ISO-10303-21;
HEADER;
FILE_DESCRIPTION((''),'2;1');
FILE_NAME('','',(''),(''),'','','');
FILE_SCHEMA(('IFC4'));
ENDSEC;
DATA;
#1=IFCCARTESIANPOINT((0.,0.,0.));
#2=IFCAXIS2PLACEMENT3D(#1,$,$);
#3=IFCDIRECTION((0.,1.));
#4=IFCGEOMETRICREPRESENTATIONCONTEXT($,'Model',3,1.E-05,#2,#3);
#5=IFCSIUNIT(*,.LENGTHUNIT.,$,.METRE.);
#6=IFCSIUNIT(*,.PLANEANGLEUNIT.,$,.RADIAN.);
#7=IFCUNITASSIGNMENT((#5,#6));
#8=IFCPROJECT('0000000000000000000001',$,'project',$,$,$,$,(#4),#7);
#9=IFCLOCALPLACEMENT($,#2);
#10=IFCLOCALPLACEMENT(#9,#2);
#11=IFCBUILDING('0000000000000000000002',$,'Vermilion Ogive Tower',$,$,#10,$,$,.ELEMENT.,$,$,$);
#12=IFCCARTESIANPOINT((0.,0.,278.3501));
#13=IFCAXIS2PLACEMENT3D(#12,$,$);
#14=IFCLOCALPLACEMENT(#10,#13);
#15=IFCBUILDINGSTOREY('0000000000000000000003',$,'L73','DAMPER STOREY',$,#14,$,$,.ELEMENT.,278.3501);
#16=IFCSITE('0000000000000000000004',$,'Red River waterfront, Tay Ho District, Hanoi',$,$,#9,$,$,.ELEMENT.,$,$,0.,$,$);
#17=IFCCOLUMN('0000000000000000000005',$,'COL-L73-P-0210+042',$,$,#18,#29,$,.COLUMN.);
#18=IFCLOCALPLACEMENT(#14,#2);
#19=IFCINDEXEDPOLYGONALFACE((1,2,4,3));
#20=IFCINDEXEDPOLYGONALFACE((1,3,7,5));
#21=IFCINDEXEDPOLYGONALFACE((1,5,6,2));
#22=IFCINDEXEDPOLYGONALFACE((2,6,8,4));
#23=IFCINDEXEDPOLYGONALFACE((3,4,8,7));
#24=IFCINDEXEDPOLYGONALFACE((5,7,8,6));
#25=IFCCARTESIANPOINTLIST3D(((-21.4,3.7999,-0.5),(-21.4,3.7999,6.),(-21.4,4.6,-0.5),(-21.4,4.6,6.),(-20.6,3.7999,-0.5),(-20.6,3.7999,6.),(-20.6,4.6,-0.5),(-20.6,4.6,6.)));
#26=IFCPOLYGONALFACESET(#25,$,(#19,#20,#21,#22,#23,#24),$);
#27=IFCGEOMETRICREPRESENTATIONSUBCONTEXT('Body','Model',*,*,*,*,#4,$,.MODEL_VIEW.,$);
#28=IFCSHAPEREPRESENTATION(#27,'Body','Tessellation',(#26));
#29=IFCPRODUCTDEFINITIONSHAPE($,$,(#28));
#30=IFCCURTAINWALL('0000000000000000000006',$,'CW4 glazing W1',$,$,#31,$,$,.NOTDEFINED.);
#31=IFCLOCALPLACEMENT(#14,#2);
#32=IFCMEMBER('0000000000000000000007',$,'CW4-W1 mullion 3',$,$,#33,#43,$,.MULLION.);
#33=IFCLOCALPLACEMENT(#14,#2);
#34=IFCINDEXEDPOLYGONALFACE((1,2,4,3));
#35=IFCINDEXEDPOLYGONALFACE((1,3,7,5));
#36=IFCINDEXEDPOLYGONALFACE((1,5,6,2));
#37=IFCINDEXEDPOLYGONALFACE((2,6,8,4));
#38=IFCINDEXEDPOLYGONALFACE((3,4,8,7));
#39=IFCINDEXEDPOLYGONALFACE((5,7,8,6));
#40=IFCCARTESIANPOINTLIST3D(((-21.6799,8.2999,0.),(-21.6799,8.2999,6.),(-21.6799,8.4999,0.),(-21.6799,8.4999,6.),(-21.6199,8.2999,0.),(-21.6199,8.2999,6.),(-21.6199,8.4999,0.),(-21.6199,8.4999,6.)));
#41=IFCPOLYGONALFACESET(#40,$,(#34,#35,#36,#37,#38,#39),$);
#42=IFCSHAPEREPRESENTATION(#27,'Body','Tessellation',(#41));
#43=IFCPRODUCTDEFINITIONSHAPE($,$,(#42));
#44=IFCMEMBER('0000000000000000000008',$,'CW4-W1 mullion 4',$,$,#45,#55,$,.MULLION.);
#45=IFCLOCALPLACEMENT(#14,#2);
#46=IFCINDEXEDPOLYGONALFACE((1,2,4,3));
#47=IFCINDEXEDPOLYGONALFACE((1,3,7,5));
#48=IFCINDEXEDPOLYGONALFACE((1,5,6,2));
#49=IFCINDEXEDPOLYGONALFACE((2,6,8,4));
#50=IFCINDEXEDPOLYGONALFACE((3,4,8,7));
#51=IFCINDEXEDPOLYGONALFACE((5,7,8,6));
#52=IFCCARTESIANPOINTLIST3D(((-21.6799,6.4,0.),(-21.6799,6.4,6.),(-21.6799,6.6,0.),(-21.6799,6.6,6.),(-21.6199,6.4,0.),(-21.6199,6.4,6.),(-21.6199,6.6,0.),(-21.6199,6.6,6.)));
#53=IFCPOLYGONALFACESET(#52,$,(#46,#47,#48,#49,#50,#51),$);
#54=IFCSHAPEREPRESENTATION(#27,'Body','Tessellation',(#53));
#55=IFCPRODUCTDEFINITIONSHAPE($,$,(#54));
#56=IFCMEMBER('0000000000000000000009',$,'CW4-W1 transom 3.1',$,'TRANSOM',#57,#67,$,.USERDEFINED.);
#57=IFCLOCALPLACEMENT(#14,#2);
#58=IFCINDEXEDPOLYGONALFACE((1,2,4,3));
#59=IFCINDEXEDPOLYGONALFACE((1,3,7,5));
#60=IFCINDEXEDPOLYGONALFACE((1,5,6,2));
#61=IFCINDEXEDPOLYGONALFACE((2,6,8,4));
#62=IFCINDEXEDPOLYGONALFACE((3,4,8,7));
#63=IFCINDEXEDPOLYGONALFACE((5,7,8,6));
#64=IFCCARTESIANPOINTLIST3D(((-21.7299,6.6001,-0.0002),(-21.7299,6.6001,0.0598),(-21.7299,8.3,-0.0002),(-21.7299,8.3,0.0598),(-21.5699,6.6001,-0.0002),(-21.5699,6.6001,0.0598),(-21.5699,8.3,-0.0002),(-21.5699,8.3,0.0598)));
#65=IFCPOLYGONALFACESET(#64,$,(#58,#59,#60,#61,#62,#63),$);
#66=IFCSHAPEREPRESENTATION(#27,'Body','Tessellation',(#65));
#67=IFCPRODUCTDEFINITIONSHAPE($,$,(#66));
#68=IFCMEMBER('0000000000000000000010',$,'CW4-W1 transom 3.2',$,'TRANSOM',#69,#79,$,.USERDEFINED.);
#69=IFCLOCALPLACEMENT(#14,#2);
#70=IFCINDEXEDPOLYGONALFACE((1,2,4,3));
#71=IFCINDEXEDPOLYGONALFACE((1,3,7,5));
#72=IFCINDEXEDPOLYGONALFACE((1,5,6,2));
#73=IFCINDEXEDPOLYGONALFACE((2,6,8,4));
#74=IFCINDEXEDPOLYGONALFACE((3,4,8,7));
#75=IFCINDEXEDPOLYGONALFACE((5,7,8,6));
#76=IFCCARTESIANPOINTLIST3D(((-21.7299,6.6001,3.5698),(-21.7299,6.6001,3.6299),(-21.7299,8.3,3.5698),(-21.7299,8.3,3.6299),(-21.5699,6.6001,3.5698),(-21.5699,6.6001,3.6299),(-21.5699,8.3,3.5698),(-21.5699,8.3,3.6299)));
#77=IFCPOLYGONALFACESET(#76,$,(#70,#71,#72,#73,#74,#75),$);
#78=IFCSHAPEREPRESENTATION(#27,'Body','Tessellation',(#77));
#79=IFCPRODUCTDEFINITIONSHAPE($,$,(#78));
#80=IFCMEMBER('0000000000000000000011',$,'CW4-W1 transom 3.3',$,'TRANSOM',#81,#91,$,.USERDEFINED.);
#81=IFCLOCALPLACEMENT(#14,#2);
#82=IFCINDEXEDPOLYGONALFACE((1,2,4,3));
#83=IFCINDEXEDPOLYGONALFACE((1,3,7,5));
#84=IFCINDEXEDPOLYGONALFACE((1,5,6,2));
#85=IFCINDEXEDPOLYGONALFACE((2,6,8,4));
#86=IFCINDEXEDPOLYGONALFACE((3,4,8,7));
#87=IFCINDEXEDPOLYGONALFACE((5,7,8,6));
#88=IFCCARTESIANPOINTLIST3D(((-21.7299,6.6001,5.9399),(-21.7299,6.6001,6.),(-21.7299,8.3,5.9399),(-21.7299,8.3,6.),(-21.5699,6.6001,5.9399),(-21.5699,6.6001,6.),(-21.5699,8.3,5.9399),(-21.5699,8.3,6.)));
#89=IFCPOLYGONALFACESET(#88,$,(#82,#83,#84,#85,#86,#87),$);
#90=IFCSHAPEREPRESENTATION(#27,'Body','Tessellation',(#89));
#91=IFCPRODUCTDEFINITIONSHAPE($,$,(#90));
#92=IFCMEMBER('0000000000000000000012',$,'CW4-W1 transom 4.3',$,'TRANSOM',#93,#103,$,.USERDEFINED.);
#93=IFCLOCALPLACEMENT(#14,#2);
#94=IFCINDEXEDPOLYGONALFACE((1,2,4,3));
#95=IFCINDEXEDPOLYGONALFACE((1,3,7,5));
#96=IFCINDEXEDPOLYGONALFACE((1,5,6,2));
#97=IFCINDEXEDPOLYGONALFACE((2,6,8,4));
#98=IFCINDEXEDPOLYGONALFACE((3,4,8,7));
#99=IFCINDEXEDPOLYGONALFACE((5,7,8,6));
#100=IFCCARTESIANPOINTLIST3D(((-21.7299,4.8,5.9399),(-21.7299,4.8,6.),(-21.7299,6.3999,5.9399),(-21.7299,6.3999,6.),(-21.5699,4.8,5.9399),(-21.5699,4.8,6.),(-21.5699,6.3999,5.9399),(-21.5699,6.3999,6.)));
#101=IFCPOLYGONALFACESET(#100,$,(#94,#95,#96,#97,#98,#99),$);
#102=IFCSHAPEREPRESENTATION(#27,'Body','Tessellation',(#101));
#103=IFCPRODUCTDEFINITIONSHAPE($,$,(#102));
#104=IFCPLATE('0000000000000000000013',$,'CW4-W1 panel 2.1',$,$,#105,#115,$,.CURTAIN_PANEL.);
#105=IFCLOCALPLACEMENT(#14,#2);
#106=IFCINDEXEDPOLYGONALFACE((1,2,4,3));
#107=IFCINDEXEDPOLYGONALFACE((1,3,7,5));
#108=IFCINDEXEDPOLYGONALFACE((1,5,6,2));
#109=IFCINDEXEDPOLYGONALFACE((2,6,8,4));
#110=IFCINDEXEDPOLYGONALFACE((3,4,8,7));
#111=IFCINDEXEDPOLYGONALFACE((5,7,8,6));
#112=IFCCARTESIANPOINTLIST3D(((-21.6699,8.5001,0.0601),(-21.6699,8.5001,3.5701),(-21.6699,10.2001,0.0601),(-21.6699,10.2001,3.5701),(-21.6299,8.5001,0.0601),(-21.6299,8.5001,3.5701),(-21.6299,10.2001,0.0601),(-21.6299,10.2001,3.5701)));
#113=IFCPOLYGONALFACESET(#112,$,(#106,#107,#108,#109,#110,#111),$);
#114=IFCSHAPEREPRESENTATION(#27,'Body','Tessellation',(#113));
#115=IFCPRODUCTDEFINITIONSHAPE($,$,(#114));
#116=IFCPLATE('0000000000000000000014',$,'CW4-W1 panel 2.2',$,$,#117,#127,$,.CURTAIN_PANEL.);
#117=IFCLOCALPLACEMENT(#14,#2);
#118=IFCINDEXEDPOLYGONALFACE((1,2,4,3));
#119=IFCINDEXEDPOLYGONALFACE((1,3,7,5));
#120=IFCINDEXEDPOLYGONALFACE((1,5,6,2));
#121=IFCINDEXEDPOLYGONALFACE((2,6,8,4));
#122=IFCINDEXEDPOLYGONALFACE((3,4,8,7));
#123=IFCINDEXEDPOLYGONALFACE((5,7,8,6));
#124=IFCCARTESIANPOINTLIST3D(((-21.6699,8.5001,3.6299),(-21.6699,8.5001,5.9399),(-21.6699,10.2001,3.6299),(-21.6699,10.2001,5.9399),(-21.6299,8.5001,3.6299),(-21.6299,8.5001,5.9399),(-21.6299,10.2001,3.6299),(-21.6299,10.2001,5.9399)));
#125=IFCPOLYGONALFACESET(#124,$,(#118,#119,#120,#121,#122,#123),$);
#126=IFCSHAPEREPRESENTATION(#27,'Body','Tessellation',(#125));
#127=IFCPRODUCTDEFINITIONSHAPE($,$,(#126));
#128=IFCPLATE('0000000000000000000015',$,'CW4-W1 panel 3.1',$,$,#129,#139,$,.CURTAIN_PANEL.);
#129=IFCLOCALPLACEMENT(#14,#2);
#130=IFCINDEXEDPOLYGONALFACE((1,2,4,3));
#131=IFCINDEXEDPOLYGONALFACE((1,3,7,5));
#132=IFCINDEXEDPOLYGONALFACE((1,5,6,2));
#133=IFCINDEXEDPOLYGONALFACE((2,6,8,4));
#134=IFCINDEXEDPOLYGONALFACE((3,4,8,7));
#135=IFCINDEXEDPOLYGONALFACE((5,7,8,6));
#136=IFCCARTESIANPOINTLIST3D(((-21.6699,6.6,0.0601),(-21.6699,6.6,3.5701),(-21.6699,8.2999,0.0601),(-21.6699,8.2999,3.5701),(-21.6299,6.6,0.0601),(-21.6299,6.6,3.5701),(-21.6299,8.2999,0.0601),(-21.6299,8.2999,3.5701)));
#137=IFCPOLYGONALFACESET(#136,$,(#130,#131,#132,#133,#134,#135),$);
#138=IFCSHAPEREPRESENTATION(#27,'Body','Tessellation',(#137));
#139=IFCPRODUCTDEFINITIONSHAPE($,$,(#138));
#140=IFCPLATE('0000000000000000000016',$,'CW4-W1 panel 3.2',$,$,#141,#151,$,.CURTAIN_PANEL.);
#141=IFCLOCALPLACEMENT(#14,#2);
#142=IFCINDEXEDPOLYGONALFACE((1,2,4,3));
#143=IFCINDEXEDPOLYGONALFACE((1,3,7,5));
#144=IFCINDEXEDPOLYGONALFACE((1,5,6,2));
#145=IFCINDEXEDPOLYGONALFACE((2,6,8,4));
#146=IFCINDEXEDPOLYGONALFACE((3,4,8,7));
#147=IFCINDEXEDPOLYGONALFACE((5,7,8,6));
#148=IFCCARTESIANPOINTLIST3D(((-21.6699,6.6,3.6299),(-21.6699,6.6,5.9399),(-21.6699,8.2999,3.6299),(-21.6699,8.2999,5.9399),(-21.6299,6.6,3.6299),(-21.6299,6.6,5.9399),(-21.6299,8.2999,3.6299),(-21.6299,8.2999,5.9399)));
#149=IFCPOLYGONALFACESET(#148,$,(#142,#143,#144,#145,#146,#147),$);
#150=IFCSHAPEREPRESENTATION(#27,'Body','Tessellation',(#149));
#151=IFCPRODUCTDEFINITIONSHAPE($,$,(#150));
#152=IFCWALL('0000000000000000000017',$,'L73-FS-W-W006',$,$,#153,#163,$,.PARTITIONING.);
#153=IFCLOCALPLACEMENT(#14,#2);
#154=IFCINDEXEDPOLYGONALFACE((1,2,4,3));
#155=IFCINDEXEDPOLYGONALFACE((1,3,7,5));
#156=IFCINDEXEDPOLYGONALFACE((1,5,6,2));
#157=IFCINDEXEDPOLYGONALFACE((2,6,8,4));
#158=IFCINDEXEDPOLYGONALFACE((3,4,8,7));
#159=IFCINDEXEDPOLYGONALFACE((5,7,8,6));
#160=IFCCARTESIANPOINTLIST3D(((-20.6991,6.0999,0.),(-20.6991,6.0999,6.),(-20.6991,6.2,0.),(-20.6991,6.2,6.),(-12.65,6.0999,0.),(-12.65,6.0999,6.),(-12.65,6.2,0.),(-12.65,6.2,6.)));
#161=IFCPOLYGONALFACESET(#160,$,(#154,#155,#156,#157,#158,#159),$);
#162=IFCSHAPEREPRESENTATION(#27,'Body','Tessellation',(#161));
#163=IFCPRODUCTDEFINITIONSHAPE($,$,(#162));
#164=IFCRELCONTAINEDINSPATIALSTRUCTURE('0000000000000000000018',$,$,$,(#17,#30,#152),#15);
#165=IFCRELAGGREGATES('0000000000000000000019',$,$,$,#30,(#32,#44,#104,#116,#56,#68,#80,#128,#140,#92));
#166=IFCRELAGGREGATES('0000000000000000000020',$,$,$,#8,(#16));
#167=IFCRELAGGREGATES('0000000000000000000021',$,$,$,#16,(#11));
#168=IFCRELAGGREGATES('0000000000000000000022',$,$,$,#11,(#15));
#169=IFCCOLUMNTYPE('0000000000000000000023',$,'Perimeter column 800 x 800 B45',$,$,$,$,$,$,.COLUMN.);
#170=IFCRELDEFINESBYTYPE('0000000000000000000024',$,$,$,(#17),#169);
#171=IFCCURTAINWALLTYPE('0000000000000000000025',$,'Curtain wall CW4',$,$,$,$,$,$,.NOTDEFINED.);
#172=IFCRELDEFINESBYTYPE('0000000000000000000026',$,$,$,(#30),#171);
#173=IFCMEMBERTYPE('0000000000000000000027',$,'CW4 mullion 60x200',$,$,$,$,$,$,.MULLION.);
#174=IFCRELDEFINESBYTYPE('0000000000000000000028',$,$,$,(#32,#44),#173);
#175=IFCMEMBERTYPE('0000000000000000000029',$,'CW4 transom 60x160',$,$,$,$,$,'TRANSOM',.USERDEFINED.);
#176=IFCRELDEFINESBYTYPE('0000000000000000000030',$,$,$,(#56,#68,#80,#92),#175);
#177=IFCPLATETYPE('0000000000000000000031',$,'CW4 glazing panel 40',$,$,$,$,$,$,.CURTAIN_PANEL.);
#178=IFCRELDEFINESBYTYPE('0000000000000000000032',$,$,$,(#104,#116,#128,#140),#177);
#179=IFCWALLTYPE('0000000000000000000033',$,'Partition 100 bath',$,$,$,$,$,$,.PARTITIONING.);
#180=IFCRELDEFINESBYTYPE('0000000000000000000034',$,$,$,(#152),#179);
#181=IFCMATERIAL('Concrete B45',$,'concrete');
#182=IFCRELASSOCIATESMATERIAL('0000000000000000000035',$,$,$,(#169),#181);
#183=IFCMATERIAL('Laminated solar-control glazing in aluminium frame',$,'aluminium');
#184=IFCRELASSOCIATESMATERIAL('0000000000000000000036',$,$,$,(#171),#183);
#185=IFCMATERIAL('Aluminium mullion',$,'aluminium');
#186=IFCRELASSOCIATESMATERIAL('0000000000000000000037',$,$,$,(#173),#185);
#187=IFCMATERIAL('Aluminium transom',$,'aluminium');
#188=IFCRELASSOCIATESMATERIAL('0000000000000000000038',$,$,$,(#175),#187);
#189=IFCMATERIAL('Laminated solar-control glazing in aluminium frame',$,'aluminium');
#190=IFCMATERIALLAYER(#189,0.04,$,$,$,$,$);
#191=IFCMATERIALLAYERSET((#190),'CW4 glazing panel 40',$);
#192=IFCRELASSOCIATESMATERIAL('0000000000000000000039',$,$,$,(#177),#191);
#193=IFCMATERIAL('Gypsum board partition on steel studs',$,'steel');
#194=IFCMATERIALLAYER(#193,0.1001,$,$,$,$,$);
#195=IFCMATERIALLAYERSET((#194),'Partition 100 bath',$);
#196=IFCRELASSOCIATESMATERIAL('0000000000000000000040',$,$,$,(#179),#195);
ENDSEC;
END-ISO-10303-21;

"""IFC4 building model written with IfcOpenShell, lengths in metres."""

from ifc_helpers import new_model, si_unit, direction, frame, frame_2d, origin, origin_2d, place, context, subcontext, project, spatial, rectangle, extrude, material, layer, layer_set, material_profile, profile_set, type_object, element, aggregate, save


model = new_model("IFC4")

# Units and contexts
model_context = context("Model", 3, precision=1e-05, world=origin(), true_north=direction((0.0, 1.0)))
body_context = subcontext(model_context, "Body", "Model", "MODEL_VIEW")
ifc_project = project(units=[si_unit("LENGTHUNIT", "METRE"), si_unit("PLANEANGLEUNIT", "RADIAN")], contexts=[model_context])

# Site, building, storey
site_placement = place(None, origin())
site = spatial("IfcSite", under=ifc_project, at=site_placement, Name="Red River waterfront, Tay Ho District, Hanoi", CompositionType="ELEMENT", RefElevation=0.0)
building_placement = place(site_placement, origin())
building = spatial("IfcBuilding", under=site, at=building_placement, Name="Vermilion Ogive Tower", CompositionType="ELEMENT")
storey_placement = place(building_placement, frame((0.0, 0.0, 278.3501)))
storey = spatial("IfcBuildingStorey", under=building, at=storey_placement, Name="L73", Description="DAMPER STOREY", CompositionType="ELEMENT", Elevation=278.3501)

# Column
ifc_material_1 = material(Name="Concrete B45", Category="concrete")
ifc_material_profile_1 = material_profile(ifc_material_1, rectangle(XDim=0.8, YDim=0.8, at=origin_2d()), Name="800 x 800")
ifc_profile_set_1 = profile_set([ifc_material_profile_1], Name="Concrete B45")
column_type = type_object("IfcColumnType", Name="Perimeter column 800 x 800 B45", PredefinedType="COLUMN", material=ifc_profile_set_1)
column_placement = place(storey_placement, frame((-21.0, 4.2, -0.5), z_axis=(0.0, 0.0, 1.0), x_axis=(1.0, 0.0, 0.0)))
element("IfcColumn", 1, at=column_placement, inside=storey, type_object=column_type, Name="COL-L73-P-0210+042", PredefinedType="COLUMN", context=body_context, shape_type="SweptSolid", body=[
    extrude(rectangle(XDim=0.8, YDim=0.8, at=origin_2d()), origin(), (0.0, 0.0, 1.0), 6.5),
])

# Curtain wall, members, plates
ifc_material_2 = material(Name="Laminated solar-control glazing in aluminium frame", Category="aluminium")
curtain_wall_type = type_object("IfcCurtainWallType", Name="Curtain wall CW4", PredefinedType="NOTDEFINED", material=ifc_material_2)
curtain_wall_placement = place(storey_placement, origin())
curtain_wall = element("IfcCurtainWall", 2, at=curtain_wall_placement, inside=storey, type_object=curtain_wall_type, Name="CW4 glazing W1", PredefinedType="NOTDEFINED")
ifc_material_3 = material(Name="Aluminium mullion", Category="aluminium")
ifc_material_profile_2 = material_profile(ifc_material_3, rectangle(XDim=0.0601, YDim=0.2, at=origin_2d()), Name="AL 60x200")
ifc_profile_set_2 = profile_set([ifc_material_profile_2], Name="Aluminium mullion")
member_type_1 = type_object("IfcMemberType", Name="CW4 mullion 60x200", PredefinedType="MULLION", material=ifc_profile_set_2)
member_1_placement = place(storey_placement, frame((-21.6499, 8.3999, 0.0), z_axis=(0.0, 0.0, 1.0), x_axis=(1.0, 0.0, 0.0)))
member_1 = element("IfcMember", 3, at=member_1_placement, type_object=member_type_1, Name="CW4-W1 mullion 3", PredefinedType="MULLION", context=body_context, shape_type="SweptSolid", body=[
    extrude(rectangle(XDim=0.0601, YDim=0.2, at=origin_2d()), origin(), (0.0, 0.0, 1.0), 6.0),
])
member_2_placement = place(storey_placement, frame((-21.6499, 6.5, 0.0), z_axis=(0.0, 0.0, 1.0), x_axis=(1.0, 0.0, 0.0)))
member_2 = element("IfcMember", 4, at=member_2_placement, type_object=member_type_1, Name="CW4-W1 mullion 4", PredefinedType="MULLION", context=body_context, shape_type="SweptSolid", body=[
    extrude(rectangle(XDim=0.0601, YDim=0.2, at=origin_2d()), origin(), (0.0, 0.0, 1.0), 6.0),
])
ifc_material_4 = material(Name="Aluminium transom", Category="aluminium")
ifc_material_profile_3 = material_profile(ifc_material_4, rectangle(XDim=0.1599, YDim=0.0601, at=origin_2d()), Name="AL 60x160")
ifc_profile_set_3 = profile_set([ifc_material_profile_3], Name="Aluminium transom")
member_type_2 = type_object("IfcMemberType", Name="CW4 transom 60x160", ElementType="TRANSOM", PredefinedType="USERDEFINED", material=ifc_profile_set_3)
member_3_placement = place(storey_placement, frame((-21.6499, 8.3, 0.0298), z_axis=(0.0, -1.0, 0.0), x_axis=(1.0, 0.0, 0.0)))
member_3 = element("IfcMember", 5, at=member_3_placement, type_object=member_type_2, Name="CW4-W1 transom 3.1", ObjectType="TRANSOM", PredefinedType="USERDEFINED", context=body_context, shape_type="SweptSolid", body=[
    extrude(rectangle(XDim=0.1599, YDim=0.0601, at=origin_2d()), origin(), (0.0, 0.0, 1.0), 1.7),
])
member_4_placement = place(storey_placement, frame((-21.6499, 8.3, 3.5999), z_axis=(0.0, -1.0, 0.0), x_axis=(1.0, 0.0, 0.0)))
member_4 = element("IfcMember", 6, at=member_4_placement, type_object=member_type_2, Name="CW4-W1 transom 3.2", ObjectType="TRANSOM", PredefinedType="USERDEFINED", context=body_context, shape_type="SweptSolid", body=[
    extrude(rectangle(XDim=0.1599, YDim=0.0601, at=origin_2d()), origin(), (0.0, 0.0, 1.0), 1.7),
])
member_5_placement = place(storey_placement, frame((-21.6499, 8.3, 5.97), z_axis=(0.0, -1.0, 0.0), x_axis=(1.0, 0.0, 0.0)))
member_5 = element("IfcMember", 7, at=member_5_placement, type_object=member_type_2, Name="CW4-W1 transom 3.3", ObjectType="TRANSOM", PredefinedType="USERDEFINED", context=body_context, shape_type="SweptSolid", body=[
    extrude(rectangle(XDim=0.1599, YDim=0.0601, at=origin_2d()), origin(), (0.0, 0.0, 1.0), 1.7),
])
member_6_placement = place(storey_placement, frame((-21.6499, 6.3999, 5.97), z_axis=(0.0, -1.0, 0.0), x_axis=(1.0, 0.0, 0.0)))
member_6 = element("IfcMember", 8, at=member_6_placement, type_object=member_type_2, Name="CW4-W1 transom 4.3", ObjectType="TRANSOM", PredefinedType="USERDEFINED", context=body_context, shape_type="SweptSolid", body=[
    extrude(rectangle(XDim=0.1599, YDim=0.0601, at=origin_2d()), origin(), (0.0, 0.0, 1.0), 1.5999),
])
ifc_material_5 = material(Name="Laminated solar-control glazing in aluminium frame", Category="aluminium")
ifc_layer_1 = layer(ifc_material_5, 0.04)
ifc_layer_set_1 = layer_set([ifc_layer_1], Name="CW4 glazing panel 40")
plate_type = type_object("IfcPlateType", Name="CW4 glazing panel 40", PredefinedType="CURTAIN_PANEL", material=ifc_layer_set_1)
plate_1_placement = place(storey_placement, frame((-21.6499, 9.3501, 0.0601), z_axis=(0.0, 0.0, 1.0), x_axis=(0.0, -1.0, 0.0)))
plate_1 = element("IfcPlate", 9, at=plate_1_placement, type_object=plate_type, Name="CW4-W1 panel 2.1", PredefinedType="CURTAIN_PANEL", context=body_context, shape_type="SweptSolid", body=[
    extrude(rectangle(XDim=1.7, YDim=0.04, at=origin_2d()), origin(), (0.0, 0.0, 1.0), 3.51),
])
plate_2_placement = place(storey_placement, frame((-21.6499, 9.3501, 3.6299), z_axis=(0.0, 0.0, 1.0), x_axis=(0.0, -1.0, 0.0)))
plate_2 = element("IfcPlate", 10, at=plate_2_placement, type_object=plate_type, Name="CW4-W1 panel 2.2", PredefinedType="CURTAIN_PANEL", context=body_context, shape_type="SweptSolid", body=[
    extrude(rectangle(XDim=1.7, YDim=0.04, at=origin_2d()), origin(), (0.0, 0.0, 1.0), 2.3101),
])
plate_3_placement = place(storey_placement, frame((-21.6499, 7.45, 0.0601), z_axis=(0.0, 0.0, 1.0), x_axis=(0.0, -1.0, 0.0)))
plate_3 = element("IfcPlate", 11, at=plate_3_placement, type_object=plate_type, Name="CW4-W1 panel 3.1", PredefinedType="CURTAIN_PANEL", context=body_context, shape_type="SweptSolid", body=[
    extrude(rectangle(XDim=1.7, YDim=0.04, at=origin_2d()), origin(), (0.0, 0.0, 1.0), 3.51),
])
plate_4_placement = place(storey_placement, frame((-21.6499, 7.45, 3.6299), z_axis=(0.0, 0.0, 1.0), x_axis=(0.0, -1.0, 0.0)))
plate_4 = element("IfcPlate", 12, at=plate_4_placement, type_object=plate_type, Name="CW4-W1 panel 3.2", PredefinedType="CURTAIN_PANEL", context=body_context, shape_type="SweptSolid", body=[
    extrude(rectangle(XDim=1.7, YDim=0.04, at=origin_2d()), origin(), (0.0, 0.0, 1.0), 2.3101),
])
aggregate(curtain_wall, [member_1, member_2, plate_1, plate_2, member_3, member_4, member_5, plate_3, plate_4, member_6])

# Wall
ifc_material_6 = material(Name="Gypsum board partition on steel studs", Category="steel")
ifc_layer_2 = layer(ifc_material_6, 0.1001)
ifc_layer_set_2 = layer_set([ifc_layer_2], Name="Partition 100 bath")
wall_type_1 = type_object("IfcWallType", Name="Partition 100 bath", PredefinedType="PARTITIONING", material=ifc_layer_set_2)
wall_1_placement = place(storey_placement, frame((-20.699, 6.1499, 0.0), z_axis=(0.0, 0.0, 1.0), x_axis=(1.0, 0.0, 0.0)))
element("IfcWall", 13, at=wall_1_placement, inside=storey, type_object=wall_type_1, Name="L73-FS-W-W006", PredefinedType="PARTITIONING", context=body_context, shape_type="SweptSolid", body=[
    extrude(rectangle(XDim=8.0491, YDim=0.1001, at=frame_2d((4.0244, 0.0))), origin(), (0.0, 0.0, 1.0), 6.0),
])

save(model, "model.ifc")
